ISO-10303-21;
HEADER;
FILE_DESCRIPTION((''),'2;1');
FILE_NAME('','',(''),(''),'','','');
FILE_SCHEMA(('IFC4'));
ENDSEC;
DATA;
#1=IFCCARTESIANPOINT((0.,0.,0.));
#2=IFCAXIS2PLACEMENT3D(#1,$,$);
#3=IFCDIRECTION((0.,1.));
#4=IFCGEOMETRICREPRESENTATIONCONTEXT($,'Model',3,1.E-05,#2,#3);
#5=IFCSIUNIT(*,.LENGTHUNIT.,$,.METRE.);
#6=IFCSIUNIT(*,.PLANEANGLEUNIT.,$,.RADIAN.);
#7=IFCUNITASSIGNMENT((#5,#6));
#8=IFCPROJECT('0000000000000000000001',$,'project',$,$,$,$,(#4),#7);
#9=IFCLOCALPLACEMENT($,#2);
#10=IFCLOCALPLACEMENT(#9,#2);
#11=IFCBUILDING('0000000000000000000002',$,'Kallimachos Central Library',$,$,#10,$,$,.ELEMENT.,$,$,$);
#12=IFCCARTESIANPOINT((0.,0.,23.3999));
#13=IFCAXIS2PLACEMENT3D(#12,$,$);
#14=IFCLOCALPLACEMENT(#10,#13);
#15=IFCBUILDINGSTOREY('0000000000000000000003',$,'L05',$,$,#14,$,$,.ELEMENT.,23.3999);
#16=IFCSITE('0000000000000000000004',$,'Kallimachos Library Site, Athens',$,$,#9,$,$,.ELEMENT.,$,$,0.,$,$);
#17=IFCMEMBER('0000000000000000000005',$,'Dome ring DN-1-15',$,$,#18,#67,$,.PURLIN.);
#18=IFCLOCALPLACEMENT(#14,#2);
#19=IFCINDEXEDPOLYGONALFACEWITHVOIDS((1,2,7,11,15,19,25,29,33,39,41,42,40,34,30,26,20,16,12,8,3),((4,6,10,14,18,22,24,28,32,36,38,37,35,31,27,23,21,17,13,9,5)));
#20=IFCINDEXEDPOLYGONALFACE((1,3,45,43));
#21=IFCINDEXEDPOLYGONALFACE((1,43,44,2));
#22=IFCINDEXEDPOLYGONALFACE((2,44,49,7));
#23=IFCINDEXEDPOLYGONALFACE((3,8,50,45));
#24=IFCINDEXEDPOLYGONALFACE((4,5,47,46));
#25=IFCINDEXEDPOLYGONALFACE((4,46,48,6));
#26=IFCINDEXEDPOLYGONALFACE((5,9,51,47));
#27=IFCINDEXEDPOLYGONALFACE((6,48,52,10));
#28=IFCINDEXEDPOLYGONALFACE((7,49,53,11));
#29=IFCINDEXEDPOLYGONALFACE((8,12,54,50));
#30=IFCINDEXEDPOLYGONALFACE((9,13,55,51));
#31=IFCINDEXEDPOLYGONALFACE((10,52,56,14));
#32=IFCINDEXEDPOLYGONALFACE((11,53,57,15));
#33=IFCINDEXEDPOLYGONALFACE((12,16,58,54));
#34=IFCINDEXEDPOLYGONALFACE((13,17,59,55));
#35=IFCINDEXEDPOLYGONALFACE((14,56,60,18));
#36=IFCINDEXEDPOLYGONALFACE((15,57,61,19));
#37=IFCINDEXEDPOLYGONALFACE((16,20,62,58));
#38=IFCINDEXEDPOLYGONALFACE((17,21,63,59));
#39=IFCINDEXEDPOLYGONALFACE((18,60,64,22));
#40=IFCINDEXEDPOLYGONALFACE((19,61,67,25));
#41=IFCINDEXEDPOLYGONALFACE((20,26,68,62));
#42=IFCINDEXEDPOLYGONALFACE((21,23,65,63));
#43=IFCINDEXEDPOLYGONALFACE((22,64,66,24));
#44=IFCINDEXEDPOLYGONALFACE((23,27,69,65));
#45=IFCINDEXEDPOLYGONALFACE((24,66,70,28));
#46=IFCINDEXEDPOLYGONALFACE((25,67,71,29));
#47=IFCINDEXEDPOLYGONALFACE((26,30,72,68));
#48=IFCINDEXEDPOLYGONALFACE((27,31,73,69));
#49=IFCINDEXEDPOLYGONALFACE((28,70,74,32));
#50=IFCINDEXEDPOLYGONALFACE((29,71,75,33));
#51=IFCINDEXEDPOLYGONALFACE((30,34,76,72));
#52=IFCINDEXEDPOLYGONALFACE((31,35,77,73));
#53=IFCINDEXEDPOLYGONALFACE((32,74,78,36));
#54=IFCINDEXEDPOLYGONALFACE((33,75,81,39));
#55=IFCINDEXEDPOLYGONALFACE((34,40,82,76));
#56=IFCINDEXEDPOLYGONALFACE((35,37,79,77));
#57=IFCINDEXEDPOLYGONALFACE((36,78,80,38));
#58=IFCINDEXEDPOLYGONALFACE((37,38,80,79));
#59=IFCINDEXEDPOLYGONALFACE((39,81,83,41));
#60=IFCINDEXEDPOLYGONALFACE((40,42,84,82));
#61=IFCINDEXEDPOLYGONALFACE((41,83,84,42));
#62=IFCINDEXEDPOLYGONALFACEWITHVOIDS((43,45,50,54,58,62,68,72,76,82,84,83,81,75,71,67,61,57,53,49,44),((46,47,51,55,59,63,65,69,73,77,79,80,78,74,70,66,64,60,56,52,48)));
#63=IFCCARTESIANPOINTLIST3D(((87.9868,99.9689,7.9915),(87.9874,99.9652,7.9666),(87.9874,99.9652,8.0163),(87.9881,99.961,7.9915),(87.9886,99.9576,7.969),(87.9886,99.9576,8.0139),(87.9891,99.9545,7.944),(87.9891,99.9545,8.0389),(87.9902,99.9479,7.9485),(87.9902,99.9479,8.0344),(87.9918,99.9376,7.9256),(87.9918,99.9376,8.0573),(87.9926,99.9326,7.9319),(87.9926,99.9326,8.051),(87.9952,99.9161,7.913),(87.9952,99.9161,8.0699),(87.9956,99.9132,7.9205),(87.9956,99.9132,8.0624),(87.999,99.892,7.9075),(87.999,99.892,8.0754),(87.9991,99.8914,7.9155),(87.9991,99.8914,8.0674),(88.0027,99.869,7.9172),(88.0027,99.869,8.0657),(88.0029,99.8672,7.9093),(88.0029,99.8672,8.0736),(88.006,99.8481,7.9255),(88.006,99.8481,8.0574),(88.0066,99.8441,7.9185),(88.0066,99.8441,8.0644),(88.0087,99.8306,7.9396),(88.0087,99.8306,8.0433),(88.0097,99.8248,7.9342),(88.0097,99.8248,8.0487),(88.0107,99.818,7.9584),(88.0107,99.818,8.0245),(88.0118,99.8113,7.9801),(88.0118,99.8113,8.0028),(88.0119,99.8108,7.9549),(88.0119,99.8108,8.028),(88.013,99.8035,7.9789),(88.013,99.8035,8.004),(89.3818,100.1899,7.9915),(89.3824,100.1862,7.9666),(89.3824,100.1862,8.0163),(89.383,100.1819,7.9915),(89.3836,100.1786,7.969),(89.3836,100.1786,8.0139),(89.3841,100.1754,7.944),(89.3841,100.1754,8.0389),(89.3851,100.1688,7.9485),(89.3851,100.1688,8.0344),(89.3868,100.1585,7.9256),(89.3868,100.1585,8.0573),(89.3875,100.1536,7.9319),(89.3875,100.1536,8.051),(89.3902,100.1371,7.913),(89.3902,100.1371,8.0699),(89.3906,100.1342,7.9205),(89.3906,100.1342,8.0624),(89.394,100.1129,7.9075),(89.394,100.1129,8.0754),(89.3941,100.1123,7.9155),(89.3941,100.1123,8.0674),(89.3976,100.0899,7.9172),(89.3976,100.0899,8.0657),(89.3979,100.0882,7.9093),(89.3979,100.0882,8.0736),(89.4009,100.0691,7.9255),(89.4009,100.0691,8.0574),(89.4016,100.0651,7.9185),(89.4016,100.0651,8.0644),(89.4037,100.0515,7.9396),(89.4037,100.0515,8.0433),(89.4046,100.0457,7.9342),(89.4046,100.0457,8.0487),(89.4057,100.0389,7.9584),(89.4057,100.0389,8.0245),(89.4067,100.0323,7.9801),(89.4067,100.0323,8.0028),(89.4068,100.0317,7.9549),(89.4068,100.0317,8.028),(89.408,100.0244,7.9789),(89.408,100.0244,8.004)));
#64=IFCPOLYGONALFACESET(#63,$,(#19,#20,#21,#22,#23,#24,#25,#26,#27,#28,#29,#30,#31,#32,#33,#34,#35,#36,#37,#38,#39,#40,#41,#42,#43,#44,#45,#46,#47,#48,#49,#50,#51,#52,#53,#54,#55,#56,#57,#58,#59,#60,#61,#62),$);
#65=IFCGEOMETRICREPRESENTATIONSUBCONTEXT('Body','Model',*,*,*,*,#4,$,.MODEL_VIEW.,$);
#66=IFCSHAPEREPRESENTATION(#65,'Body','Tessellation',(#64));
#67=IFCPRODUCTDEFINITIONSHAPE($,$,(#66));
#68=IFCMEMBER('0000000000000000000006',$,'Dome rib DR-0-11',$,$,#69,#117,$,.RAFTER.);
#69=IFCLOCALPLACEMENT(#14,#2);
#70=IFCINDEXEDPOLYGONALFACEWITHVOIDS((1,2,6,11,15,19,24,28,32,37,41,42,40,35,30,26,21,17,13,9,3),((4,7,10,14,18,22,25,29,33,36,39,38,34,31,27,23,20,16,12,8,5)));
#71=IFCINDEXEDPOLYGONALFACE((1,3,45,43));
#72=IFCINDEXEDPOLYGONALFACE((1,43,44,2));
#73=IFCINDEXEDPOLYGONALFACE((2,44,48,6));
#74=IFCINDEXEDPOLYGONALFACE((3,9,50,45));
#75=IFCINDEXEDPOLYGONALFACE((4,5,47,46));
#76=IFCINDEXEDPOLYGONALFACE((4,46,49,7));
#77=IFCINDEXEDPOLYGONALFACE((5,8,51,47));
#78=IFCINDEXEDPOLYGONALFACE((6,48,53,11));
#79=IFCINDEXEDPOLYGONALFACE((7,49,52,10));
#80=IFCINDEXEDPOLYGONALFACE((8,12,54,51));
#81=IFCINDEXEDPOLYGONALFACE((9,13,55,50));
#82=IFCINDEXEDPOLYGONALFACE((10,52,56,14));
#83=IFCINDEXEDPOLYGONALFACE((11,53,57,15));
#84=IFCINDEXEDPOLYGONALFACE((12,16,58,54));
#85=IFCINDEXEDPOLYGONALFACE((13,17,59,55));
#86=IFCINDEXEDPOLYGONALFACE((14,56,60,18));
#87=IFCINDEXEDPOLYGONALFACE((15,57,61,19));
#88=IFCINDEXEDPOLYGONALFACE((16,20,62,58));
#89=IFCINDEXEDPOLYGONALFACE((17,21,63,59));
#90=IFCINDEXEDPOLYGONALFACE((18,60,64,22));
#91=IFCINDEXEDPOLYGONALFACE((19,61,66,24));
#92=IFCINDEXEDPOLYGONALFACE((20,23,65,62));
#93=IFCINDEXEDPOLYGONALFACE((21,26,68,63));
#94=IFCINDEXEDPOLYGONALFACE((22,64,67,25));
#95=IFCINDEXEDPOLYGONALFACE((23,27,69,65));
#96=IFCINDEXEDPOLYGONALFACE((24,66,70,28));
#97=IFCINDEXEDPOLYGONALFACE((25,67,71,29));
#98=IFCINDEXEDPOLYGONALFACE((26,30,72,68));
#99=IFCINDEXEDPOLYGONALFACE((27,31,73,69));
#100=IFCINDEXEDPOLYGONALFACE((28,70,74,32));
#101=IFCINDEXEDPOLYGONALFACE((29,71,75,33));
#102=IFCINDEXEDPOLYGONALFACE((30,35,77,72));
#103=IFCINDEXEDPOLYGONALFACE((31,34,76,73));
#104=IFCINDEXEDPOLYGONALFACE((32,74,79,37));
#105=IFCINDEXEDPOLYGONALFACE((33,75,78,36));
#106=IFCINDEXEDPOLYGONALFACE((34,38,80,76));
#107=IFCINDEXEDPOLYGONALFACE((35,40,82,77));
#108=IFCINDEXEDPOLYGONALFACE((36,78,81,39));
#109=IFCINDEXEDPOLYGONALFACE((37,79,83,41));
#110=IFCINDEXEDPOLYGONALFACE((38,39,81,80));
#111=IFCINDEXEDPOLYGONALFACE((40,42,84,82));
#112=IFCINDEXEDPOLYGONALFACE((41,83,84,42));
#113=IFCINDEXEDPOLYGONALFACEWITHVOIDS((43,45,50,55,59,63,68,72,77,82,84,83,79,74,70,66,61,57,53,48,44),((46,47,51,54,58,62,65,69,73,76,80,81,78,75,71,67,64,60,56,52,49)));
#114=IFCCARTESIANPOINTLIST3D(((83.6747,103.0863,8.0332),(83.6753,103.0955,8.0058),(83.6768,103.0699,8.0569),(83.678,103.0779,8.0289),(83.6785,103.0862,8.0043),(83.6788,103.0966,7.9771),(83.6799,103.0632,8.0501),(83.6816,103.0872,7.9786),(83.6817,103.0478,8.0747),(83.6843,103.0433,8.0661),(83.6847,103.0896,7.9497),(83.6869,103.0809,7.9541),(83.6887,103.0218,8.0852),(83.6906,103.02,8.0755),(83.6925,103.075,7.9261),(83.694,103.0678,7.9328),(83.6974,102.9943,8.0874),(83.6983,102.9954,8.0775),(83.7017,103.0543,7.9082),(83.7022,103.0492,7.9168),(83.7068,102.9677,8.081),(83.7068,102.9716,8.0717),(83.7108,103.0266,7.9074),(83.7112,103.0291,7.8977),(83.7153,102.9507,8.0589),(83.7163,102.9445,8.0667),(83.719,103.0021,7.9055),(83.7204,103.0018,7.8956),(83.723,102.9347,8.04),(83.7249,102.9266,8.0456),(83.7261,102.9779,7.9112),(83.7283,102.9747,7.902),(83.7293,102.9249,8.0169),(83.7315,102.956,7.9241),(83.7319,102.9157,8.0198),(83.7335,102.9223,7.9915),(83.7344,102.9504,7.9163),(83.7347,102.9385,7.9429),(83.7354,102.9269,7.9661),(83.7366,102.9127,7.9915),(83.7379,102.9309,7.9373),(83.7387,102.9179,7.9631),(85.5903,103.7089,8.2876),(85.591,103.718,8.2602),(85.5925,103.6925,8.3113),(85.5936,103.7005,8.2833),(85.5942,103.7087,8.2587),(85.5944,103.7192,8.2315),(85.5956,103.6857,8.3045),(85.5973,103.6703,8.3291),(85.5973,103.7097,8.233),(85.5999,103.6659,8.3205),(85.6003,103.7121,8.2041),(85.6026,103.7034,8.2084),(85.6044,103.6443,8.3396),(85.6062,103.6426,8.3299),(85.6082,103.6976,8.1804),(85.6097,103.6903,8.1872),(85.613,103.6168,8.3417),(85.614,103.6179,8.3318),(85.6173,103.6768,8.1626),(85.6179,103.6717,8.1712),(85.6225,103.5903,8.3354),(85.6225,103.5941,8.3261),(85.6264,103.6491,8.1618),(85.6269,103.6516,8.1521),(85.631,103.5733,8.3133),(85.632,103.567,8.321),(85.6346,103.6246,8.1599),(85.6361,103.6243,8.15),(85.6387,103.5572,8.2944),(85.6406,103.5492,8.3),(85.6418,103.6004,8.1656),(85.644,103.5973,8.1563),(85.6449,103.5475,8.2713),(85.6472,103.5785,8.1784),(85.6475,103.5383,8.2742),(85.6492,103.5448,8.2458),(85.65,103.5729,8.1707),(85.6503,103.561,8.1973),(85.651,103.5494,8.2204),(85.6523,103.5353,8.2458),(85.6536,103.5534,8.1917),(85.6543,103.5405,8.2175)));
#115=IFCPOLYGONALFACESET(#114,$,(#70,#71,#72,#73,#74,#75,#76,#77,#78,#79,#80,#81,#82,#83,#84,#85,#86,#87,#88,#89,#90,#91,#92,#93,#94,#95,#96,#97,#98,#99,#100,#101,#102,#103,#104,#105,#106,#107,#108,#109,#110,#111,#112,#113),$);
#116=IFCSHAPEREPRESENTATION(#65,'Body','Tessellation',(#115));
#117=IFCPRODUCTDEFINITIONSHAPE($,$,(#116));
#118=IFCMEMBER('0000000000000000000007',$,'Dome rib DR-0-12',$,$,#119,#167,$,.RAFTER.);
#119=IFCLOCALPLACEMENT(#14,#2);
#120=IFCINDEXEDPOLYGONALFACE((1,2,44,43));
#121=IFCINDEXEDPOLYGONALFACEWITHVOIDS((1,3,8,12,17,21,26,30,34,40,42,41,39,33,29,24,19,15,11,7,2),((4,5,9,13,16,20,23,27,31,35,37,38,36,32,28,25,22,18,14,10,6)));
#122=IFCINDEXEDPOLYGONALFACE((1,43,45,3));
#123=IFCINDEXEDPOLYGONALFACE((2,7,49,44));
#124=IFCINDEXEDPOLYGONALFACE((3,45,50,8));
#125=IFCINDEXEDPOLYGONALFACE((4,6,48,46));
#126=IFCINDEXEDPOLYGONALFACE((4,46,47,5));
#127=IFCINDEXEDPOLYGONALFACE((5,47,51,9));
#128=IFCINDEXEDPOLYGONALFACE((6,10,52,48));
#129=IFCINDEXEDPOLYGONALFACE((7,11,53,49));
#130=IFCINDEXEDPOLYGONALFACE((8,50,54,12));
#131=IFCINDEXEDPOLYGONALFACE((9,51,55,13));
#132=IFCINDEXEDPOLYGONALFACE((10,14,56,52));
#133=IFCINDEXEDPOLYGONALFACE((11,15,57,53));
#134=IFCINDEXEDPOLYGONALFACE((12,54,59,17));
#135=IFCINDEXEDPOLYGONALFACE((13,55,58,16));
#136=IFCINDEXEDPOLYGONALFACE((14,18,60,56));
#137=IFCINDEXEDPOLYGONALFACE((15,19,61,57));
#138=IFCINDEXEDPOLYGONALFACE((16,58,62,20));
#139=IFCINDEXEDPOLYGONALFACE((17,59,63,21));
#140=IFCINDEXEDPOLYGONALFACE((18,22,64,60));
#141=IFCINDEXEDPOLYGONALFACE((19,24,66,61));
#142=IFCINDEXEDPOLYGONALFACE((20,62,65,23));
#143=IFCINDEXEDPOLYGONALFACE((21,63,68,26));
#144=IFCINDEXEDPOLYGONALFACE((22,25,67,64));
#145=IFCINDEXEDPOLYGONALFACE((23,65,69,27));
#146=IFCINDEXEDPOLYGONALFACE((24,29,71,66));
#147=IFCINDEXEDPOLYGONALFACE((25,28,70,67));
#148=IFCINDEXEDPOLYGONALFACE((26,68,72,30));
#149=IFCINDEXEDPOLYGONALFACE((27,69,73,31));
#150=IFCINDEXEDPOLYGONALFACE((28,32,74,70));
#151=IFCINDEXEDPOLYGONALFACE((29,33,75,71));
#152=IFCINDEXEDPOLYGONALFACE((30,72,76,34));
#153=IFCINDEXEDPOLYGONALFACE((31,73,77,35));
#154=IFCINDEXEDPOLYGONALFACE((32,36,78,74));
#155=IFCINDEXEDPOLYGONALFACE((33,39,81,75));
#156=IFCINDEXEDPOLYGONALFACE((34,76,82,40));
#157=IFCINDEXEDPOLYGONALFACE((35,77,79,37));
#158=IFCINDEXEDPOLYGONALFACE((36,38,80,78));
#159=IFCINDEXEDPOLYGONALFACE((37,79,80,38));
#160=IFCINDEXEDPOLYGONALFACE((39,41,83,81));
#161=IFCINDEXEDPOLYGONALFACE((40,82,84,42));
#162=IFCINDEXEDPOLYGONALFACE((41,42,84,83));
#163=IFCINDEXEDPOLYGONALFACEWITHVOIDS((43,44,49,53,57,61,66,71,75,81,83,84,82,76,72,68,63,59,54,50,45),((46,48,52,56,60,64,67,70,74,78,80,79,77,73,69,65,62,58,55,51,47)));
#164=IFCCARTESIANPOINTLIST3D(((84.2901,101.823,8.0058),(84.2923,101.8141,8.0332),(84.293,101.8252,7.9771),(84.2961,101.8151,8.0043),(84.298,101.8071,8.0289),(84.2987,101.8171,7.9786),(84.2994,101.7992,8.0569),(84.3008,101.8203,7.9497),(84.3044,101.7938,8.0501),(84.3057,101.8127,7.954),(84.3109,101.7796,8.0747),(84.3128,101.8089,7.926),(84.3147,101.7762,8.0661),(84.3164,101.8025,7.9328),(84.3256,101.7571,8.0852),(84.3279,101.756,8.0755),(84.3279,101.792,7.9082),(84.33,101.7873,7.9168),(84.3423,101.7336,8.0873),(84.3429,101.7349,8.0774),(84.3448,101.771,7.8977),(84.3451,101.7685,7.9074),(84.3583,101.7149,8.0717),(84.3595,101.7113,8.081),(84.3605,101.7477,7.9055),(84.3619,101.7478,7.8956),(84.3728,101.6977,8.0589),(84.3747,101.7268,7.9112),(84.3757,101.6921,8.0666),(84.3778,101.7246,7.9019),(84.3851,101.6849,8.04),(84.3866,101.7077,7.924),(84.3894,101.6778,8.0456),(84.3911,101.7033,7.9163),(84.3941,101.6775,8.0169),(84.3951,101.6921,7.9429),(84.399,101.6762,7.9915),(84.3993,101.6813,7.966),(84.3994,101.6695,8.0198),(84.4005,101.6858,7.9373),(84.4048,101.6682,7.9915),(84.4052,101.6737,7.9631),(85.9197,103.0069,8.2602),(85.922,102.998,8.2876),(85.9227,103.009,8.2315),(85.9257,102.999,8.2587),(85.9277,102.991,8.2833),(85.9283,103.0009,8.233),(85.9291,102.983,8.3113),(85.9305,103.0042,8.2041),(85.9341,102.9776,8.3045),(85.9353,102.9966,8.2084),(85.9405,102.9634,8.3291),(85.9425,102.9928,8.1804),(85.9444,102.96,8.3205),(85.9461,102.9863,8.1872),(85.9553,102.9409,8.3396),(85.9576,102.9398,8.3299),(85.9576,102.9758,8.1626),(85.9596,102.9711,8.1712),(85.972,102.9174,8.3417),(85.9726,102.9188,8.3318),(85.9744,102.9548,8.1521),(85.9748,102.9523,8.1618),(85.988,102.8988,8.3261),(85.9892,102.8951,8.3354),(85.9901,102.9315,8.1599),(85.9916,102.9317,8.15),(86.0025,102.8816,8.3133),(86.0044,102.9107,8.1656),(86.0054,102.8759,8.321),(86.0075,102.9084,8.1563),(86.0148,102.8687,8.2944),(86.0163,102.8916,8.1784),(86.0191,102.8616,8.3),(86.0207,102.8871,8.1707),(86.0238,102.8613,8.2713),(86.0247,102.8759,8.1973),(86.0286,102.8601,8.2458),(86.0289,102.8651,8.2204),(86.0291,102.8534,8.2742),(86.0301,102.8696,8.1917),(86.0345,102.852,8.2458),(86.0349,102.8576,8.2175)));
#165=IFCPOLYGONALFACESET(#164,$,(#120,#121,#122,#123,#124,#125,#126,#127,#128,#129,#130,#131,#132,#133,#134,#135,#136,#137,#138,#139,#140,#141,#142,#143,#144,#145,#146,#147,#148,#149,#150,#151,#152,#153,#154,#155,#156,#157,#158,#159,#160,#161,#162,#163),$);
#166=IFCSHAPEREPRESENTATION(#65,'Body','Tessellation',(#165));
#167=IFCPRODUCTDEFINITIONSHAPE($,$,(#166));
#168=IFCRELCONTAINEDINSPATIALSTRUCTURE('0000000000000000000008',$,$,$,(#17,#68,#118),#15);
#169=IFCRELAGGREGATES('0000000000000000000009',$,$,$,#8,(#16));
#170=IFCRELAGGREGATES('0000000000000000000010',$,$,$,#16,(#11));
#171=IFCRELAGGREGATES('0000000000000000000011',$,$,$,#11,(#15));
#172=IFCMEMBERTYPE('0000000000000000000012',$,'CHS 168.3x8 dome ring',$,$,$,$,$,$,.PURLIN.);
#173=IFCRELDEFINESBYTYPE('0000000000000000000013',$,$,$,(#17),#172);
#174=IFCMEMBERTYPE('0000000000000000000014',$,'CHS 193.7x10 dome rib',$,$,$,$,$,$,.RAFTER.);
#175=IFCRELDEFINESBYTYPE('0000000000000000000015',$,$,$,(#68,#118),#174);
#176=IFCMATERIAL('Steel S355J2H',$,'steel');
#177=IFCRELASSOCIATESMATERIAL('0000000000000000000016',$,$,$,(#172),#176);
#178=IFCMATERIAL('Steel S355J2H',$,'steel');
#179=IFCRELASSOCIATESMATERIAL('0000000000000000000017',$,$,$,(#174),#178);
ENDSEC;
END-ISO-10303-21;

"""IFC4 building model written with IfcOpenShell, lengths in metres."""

from ifc_helpers import new_model, si_unit, direction, frame, origin, origin_2d, place, context, subcontext, project, spatial, hollow_circle, extrude, material, material_profile, profile_set, type_object, element, save


model = new_model("IFC4")

# Units and contexts
model_context = context("Model", 3, precision=1e-05, world=origin(), true_north=direction((0.0, 1.0)))
body_context = subcontext(model_context, "Body", "Model", "MODEL_VIEW")
ifc_project = project(units=[si_unit("LENGTHUNIT", "METRE"), si_unit("PLANEANGLEUNIT", "RADIAN")], contexts=[model_context])

# Site, building, storey
site_placement = place(None, origin())
site = spatial("IfcSite", under=ifc_project, at=site_placement, Name="Kallimachos Library Site, Athens", CompositionType="ELEMENT", RefElevation=0.0)
building_placement = place(site_placement, origin())
building = spatial("IfcBuilding", under=site, at=building_placement, Name="Kallimachos Central Library", CompositionType="ELEMENT")
storey_placement = place(building_placement, frame((0.0, 0.0, 23.3999)))
storey = spatial("IfcBuildingStorey", under=building, at=storey_placement, Name="L05", CompositionType="ELEMENT", Elevation=23.3999)

# Members
ifc_material_1 = material(Name="Steel S355J2H", Category="steel")
ifc_material_profile_1 = material_profile(ifc_material_1, hollow_circle(Radius=0.0842, WallThickness=0.0081, at=origin_2d()), Name="CHS 168.3x8")
ifc_profile_set_1 = profile_set([ifc_material_profile_1], Name="Steel S355J2H")
member_type_1 = type_object("IfcMemberType", Name="CHS 168.3x8 dome ring", PredefinedType="PURLIN", material=ifc_profile_set_1)
for number, where, z_axis, x_axis, name in (
    (1, (88.0, 99.8857, 7.9915), (0.987689, 0.156433, 0.0), (-0.156433, 0.987689, 0.0), "Dome ring DN-1-15"),
):
    element("IfcMember", number, at=place(storey_placement, frame(where, z_axis=z_axis, x_axis=x_axis)), inside=storey, type_object=member_type_1, Name=name, PredefinedType="PURLIN", context=body_context, shape_type="SweptSolid", body=[
        extrude(hollow_circle(Radius=0.0842, WallThickness=0.0081, at=origin_2d()), origin(), (0.0, 0.0, 1.0), 1.4124),
    ])
ifc_material_2 = material(Name="Steel S355J2H", Category="steel")
ifc_material_profile_2 = material_profile(ifc_material_2, hollow_circle(Radius=0.0969, WallThickness=0.01, at=origin_2d()), Name="CHS 193.7x10")
ifc_profile_set_2 = profile_set([ifc_material_profile_2], Name="Steel S355J2H")
member_type_2 = type_object("IfcMemberType", Name="CHS 193.7x10 dome rib", PredefinedType="RAFTER", material=ifc_profile_set_2)
for number, where, z_axis, x_axis, name in (
    (2, (85.6223, 103.6274, 8.2458), (-0.943549, -0.30662, -0.125294), (0.309056, -0.951044, 0.0), "Dome rib DR-0-11"),
    (3, (85.9775, 102.9304, 8.2458), (-0.802679, -0.5831, -0.125302), (0.587732, -0.809056, 0.0), "Dome rib DR-0-12"),
):
    element("IfcMember", number, at=place(storey_placement, frame(where, z_axis=z_axis, x_axis=x_axis)), inside=storey, type_object=member_type_2, Name=name, PredefinedType="RAFTER", context=body_context, shape_type="SweptSolid", body=[
        extrude(hollow_circle(Radius=0.0969, WallThickness=0.01, at=origin_2d()), origin(), (0.0, 0.0, 1.0), 2.0303),
    ])

save(model, "model.ifc")
